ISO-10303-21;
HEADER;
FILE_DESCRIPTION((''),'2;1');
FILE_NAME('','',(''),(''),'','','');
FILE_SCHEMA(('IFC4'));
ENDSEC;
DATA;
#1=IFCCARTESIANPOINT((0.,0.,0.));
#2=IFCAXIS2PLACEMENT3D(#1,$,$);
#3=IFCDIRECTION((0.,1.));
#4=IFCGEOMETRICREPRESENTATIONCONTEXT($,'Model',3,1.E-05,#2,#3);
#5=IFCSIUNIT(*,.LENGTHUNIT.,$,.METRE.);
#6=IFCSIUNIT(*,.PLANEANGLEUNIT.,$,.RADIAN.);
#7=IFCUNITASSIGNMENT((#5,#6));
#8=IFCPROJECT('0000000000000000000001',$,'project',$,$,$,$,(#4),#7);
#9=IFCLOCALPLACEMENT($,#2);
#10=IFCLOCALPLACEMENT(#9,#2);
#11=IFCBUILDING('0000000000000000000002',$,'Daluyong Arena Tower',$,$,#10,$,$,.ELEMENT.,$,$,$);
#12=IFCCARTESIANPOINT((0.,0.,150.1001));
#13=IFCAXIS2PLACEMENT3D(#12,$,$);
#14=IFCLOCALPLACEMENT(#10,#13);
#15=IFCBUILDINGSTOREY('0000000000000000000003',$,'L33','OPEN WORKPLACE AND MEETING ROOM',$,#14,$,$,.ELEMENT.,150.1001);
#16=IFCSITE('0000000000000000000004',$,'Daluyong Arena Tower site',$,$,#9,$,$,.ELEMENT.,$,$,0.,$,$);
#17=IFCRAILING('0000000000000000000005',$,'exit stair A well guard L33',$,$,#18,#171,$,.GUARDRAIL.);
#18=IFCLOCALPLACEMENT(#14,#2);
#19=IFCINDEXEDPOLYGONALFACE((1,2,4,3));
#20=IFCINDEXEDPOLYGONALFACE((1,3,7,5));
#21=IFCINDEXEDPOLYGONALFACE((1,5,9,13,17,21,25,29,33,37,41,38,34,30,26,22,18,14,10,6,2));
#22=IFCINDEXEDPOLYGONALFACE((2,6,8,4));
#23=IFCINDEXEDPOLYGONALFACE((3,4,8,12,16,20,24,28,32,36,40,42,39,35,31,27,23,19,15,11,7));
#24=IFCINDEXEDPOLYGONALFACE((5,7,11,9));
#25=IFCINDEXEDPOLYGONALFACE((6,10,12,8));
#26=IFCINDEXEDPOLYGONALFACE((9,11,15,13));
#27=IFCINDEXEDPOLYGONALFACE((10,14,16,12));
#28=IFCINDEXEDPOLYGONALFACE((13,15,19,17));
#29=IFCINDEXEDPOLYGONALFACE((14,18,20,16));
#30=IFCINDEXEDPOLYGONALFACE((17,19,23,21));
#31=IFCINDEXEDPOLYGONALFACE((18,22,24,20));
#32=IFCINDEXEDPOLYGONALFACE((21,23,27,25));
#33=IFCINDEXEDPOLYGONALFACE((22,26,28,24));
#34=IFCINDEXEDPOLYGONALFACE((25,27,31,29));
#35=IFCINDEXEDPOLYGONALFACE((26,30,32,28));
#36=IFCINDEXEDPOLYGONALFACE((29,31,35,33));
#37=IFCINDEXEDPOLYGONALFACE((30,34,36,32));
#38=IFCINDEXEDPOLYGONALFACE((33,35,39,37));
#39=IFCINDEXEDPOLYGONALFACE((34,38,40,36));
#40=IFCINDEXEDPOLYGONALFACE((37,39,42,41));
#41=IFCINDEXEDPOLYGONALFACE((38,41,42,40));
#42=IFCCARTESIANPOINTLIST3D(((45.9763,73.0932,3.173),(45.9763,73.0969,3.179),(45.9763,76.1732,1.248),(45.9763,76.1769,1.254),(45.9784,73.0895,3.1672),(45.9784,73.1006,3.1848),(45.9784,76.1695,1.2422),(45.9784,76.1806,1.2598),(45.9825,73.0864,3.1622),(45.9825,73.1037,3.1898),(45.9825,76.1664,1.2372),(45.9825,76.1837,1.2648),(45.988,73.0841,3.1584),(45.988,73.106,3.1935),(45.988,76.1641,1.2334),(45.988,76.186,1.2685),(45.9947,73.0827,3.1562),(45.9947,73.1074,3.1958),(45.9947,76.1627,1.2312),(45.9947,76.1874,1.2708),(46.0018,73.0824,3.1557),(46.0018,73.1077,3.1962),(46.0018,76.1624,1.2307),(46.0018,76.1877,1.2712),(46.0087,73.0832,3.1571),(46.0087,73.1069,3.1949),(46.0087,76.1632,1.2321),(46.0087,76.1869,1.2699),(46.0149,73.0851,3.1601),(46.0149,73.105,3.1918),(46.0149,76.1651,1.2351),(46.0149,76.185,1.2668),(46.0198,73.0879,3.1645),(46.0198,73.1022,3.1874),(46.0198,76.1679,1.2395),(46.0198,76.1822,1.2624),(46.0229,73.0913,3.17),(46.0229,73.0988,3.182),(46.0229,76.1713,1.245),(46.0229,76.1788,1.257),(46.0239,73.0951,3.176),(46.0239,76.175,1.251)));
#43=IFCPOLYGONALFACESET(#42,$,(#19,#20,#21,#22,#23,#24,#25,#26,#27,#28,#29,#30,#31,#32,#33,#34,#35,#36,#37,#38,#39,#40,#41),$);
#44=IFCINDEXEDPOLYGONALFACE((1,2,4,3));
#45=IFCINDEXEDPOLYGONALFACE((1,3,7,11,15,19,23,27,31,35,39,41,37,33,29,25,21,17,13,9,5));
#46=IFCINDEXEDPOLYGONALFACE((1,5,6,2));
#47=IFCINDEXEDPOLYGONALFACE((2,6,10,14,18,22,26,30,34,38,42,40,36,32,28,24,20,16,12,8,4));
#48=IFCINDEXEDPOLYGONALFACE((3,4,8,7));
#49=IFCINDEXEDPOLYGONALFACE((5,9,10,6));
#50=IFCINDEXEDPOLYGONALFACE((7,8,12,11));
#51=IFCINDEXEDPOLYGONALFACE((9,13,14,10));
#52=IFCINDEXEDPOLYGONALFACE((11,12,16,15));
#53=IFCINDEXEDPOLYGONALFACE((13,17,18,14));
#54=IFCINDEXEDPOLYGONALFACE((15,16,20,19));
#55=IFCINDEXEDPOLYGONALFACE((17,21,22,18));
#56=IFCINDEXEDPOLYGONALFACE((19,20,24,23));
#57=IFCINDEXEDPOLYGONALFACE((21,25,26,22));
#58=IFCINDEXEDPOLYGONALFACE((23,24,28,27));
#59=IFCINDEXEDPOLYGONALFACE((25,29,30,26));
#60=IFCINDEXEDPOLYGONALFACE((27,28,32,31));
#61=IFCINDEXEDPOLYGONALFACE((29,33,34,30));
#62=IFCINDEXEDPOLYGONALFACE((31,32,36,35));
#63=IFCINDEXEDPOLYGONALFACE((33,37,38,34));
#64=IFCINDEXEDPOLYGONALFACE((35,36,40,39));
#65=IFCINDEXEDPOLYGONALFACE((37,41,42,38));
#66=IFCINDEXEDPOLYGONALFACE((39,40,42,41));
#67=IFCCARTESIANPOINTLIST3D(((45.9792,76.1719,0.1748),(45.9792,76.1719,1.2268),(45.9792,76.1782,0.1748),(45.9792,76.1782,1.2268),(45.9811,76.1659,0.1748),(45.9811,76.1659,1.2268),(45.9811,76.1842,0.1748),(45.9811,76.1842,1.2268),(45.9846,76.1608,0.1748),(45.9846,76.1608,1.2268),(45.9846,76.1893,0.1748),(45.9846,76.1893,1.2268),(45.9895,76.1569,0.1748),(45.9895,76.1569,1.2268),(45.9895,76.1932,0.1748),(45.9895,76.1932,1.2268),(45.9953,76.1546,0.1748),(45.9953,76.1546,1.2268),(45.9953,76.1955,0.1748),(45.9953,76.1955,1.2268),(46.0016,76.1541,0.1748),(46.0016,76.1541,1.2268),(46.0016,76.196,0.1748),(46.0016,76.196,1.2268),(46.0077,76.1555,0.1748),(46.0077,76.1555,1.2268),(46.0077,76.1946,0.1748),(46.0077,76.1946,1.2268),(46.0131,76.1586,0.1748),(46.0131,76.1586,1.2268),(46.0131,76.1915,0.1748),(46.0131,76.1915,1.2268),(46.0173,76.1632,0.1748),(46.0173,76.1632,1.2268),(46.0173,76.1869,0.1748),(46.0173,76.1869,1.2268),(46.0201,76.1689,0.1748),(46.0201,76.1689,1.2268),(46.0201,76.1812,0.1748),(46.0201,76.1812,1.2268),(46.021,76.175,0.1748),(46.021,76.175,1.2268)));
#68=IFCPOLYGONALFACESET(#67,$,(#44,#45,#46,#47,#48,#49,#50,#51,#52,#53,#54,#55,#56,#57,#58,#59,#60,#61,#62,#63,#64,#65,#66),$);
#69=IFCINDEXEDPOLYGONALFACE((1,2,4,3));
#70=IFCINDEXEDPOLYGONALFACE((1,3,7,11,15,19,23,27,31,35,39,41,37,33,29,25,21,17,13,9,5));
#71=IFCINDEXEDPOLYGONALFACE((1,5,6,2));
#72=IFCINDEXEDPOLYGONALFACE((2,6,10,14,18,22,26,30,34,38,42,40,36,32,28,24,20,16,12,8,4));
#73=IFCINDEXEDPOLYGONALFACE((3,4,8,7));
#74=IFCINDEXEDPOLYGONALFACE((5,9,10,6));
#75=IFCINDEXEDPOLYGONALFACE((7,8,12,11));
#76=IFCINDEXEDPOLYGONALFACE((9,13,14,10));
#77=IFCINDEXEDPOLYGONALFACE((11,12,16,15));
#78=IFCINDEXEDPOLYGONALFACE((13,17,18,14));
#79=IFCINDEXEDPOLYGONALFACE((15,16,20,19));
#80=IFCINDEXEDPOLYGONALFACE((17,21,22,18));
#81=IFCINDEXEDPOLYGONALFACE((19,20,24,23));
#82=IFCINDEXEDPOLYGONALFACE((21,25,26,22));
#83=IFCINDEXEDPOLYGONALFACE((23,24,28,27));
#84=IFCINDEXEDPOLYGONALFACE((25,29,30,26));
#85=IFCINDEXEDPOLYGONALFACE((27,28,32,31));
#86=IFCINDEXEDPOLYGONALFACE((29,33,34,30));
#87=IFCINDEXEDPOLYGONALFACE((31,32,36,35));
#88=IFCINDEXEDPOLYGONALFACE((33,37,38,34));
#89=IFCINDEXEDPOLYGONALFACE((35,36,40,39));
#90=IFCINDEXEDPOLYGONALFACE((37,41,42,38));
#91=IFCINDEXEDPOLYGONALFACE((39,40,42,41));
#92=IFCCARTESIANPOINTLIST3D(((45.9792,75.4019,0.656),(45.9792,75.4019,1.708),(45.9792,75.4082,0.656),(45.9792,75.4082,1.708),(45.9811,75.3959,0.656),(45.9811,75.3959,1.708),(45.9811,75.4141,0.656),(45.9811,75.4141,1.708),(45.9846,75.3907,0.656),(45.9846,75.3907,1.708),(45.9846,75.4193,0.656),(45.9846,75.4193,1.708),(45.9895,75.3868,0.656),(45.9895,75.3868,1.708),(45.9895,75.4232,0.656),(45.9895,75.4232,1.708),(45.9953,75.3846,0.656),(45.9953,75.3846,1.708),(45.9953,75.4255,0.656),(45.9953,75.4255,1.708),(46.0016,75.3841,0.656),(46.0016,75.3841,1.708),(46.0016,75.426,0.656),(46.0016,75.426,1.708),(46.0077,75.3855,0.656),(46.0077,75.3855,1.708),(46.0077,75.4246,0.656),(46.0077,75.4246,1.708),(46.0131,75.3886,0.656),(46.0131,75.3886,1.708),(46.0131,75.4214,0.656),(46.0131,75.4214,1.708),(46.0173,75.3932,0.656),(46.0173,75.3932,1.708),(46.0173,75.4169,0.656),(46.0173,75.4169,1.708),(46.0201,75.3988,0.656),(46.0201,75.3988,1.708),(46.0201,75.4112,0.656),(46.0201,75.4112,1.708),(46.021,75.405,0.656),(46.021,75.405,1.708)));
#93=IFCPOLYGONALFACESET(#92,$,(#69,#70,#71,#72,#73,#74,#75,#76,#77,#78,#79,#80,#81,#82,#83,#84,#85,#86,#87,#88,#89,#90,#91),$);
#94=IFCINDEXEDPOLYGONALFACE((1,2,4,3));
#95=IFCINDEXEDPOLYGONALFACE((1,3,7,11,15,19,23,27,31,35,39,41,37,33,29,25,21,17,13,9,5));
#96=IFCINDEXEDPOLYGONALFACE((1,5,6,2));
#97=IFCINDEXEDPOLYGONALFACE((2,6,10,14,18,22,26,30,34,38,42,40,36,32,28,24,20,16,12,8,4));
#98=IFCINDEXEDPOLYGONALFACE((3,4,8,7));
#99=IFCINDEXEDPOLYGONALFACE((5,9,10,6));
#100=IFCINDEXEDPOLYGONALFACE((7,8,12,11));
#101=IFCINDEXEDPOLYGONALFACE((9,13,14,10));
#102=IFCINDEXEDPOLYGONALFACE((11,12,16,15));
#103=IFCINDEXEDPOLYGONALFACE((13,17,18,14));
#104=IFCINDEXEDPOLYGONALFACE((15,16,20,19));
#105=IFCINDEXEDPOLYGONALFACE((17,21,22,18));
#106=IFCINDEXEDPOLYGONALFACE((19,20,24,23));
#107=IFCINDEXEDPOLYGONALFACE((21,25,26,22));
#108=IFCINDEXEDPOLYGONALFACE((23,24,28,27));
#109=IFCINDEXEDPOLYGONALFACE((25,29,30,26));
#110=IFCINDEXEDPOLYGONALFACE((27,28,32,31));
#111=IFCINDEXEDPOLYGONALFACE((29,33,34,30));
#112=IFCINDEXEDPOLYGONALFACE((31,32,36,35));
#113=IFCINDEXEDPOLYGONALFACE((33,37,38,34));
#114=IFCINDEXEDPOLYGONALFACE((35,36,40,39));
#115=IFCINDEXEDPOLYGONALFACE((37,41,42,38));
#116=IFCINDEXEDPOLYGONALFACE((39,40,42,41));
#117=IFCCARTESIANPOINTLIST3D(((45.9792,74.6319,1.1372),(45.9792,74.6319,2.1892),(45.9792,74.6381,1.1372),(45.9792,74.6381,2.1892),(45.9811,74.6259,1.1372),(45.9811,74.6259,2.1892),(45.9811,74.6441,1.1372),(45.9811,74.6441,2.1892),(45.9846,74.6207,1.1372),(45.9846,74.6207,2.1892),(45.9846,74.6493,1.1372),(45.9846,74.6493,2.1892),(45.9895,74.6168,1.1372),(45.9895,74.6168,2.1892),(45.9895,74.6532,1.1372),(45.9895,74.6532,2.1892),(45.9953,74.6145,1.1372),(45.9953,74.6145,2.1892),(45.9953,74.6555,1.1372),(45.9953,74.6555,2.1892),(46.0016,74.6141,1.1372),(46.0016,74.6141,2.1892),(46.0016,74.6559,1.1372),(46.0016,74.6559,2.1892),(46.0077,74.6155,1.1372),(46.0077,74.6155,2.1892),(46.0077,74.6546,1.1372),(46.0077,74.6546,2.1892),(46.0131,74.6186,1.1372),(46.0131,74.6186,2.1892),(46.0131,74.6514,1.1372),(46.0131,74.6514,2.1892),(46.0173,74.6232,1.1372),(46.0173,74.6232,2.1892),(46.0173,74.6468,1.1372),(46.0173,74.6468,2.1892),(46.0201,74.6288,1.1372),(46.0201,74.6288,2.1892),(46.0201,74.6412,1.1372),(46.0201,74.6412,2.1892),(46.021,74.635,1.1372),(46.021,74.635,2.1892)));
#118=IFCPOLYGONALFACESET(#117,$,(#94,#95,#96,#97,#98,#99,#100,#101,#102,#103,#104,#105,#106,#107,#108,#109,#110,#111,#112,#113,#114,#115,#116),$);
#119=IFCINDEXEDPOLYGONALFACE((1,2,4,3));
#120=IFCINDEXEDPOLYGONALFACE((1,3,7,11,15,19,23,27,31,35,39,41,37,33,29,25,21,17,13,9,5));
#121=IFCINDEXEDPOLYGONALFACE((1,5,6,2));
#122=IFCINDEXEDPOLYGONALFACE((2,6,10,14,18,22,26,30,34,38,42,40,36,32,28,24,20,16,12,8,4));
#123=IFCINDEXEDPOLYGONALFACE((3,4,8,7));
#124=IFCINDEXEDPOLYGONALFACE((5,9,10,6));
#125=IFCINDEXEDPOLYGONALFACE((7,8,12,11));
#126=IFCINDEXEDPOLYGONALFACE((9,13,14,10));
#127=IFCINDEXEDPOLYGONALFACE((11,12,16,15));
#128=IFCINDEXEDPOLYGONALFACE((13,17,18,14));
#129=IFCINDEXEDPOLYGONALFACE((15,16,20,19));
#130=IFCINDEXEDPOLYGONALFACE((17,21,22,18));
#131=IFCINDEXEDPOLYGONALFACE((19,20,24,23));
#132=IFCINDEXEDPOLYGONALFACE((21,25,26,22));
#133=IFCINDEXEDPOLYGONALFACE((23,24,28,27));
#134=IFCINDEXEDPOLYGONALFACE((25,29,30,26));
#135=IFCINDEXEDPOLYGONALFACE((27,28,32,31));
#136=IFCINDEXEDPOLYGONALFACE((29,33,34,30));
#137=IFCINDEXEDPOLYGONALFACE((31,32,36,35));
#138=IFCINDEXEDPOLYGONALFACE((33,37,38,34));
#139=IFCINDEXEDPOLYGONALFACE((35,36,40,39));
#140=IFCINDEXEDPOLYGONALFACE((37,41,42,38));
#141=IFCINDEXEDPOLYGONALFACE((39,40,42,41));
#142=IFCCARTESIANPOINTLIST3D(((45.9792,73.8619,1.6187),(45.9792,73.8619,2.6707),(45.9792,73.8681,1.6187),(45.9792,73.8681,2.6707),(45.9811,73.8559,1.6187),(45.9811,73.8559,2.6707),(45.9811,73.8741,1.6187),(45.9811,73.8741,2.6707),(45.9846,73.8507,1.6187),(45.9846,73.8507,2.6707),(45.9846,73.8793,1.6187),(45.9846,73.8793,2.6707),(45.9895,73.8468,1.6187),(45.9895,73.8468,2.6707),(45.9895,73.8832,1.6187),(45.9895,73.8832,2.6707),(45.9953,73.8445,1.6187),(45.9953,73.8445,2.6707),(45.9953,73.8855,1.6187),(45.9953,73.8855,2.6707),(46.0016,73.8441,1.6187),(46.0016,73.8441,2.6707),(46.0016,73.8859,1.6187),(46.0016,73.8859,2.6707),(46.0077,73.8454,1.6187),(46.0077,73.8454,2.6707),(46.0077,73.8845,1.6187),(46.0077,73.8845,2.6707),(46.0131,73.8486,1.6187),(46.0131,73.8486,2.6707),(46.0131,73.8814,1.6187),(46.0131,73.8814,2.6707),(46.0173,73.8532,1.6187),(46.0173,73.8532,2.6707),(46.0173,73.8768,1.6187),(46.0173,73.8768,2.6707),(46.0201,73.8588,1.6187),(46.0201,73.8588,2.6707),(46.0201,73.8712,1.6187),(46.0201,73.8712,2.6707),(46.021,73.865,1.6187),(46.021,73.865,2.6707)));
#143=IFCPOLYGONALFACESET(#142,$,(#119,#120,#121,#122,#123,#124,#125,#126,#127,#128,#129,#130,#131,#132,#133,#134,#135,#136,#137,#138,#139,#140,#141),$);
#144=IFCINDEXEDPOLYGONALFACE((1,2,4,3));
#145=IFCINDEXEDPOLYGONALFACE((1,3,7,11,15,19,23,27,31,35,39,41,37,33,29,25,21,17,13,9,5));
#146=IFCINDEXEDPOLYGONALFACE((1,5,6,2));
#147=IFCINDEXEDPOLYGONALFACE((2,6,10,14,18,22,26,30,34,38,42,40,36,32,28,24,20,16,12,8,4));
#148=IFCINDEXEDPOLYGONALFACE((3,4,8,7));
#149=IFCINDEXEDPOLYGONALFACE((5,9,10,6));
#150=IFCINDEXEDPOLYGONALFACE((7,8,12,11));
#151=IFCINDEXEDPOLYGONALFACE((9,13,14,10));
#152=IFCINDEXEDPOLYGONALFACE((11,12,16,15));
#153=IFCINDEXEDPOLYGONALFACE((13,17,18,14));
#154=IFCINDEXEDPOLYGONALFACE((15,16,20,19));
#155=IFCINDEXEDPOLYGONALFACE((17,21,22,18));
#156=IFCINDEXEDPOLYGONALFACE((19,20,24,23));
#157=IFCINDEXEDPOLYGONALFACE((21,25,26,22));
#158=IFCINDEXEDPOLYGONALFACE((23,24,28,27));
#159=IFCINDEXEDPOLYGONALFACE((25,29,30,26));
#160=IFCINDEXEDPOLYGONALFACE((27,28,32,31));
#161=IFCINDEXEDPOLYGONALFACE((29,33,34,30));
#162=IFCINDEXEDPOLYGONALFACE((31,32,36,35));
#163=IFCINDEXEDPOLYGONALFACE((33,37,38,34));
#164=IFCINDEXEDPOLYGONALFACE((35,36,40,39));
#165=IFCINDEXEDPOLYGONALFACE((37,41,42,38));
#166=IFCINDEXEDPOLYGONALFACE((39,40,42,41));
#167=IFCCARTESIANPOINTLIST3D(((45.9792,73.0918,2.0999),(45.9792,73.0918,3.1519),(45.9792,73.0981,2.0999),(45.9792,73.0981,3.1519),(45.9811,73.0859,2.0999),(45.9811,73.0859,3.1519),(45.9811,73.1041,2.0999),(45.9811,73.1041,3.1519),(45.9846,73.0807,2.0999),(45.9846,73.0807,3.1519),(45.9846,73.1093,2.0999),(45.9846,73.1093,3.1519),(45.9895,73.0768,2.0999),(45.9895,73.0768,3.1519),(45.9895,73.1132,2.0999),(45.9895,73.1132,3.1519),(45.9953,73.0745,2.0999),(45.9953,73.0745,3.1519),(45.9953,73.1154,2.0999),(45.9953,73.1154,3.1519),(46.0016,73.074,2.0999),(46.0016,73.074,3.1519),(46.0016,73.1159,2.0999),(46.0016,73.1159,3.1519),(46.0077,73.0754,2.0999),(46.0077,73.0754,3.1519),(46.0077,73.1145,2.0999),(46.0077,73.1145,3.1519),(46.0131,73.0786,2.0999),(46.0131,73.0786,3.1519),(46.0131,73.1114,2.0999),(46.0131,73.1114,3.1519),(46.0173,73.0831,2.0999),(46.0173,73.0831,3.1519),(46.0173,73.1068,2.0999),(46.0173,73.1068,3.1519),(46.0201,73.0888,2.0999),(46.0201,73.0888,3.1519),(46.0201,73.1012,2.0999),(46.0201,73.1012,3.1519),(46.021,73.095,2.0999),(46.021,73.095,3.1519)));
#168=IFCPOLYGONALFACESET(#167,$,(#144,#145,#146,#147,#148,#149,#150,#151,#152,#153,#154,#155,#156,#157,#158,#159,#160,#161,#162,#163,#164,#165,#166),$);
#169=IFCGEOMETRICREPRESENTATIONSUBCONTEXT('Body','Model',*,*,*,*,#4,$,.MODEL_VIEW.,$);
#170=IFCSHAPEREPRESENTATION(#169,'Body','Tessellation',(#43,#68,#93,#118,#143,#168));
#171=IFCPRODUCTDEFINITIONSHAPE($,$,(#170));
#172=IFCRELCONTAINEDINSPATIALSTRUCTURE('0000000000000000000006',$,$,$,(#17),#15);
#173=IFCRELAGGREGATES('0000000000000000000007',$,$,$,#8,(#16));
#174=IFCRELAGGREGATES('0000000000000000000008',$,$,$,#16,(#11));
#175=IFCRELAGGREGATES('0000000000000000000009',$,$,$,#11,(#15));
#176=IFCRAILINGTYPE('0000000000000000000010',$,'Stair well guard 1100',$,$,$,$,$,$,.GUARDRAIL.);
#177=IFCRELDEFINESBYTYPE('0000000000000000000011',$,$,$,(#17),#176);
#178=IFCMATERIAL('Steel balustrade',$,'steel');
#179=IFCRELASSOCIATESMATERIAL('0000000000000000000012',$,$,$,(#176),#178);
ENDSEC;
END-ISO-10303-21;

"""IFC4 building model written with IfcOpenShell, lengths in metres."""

from ifc_helpers import new_model, si_unit, direction, frame, origin, origin_2d, place, context, subcontext, project, spatial, circle, extrude, material, type_object, element, save


model = new_model("IFC4")

# Units and contexts
model_context = context("Model", 3, precision=1e-05, world=origin(), true_north=direction((0.0, 1.0)))
body_context = subcontext(model_context, "Body", "Model", "MODEL_VIEW")
ifc_project = project(units=[si_unit("LENGTHUNIT", "METRE"), si_unit("PLANEANGLEUNIT", "RADIAN")], contexts=[model_context])

# Site, building, storey
site_placement = place(None, origin())
site = spatial("IfcSite", under=ifc_project, at=site_placement, Name="Daluyong Arena Tower site", CompositionType="ELEMENT", RefElevation=0.0)
building_placement = place(site_placement, origin())
building = spatial("IfcBuilding", under=site, at=building_placement, Name="Daluyong Arena Tower", CompositionType="ELEMENT")
storey_placement = place(building_placement, frame((0.0, 0.0, 150.1001)))
storey = spatial("IfcBuildingStorey", under=building, at=storey_placement, Name="L33", Description="OPEN WORKPLACE AND MEETING ROOM", CompositionType="ELEMENT", Elevation=150.1001)

# Railing
ifc_material_1 = material(Name="Steel balustrade", Category="steel")
railing_type_1 = type_object("IfcRailingType", Name="Stair well guard 1100", PredefinedType="GUARDRAIL", material=ifc_material_1)
railing_1_placement = place(storey_placement, frame((46.0, 76.175, 0.1748)))
element("IfcRailing", 1, at=railing_1_placement, inside=storey, type_object=railing_type_1, Name="exit stair A well guard L33", PredefinedType="GUARDRAIL", context=body_context, shape_type="SweptSolid", body=[
    extrude(circle(Radius=0.0239, at=origin_2d()), frame((0.0, 0.0, 1.0762), z_axis=(0.0, -0.847998, 0.529999), x_axis=(1.0, 0.0, 0.0)), (0.0, 0.0, 1.0), 3.6321),
    extrude(circle(Radius=0.021, at=origin_2d()), origin(), (0.0, 0.0, 1.0), 1.052),
    extrude(circle(Radius=0.021, at=origin_2d()), frame((0.0, -0.77, 0.4812)), (0.0, 0.0, 1.0), 1.052),
    extrude(circle(Radius=0.021, at=origin_2d()), frame((0.0, -1.54, 0.9624)), (0.0, 0.0, 1.0), 1.052),
    extrude(circle(Radius=0.021, at=origin_2d()), frame((0.0, -2.3101, 1.4438)), (0.0, 0.0, 1.0), 1.052),
    extrude(circle(Radius=0.021, at=origin_2d()), frame((0.0, -3.0801, 1.925)), (0.0, 0.0, 1.0), 1.052),
])

save(model, "model.ifc")
